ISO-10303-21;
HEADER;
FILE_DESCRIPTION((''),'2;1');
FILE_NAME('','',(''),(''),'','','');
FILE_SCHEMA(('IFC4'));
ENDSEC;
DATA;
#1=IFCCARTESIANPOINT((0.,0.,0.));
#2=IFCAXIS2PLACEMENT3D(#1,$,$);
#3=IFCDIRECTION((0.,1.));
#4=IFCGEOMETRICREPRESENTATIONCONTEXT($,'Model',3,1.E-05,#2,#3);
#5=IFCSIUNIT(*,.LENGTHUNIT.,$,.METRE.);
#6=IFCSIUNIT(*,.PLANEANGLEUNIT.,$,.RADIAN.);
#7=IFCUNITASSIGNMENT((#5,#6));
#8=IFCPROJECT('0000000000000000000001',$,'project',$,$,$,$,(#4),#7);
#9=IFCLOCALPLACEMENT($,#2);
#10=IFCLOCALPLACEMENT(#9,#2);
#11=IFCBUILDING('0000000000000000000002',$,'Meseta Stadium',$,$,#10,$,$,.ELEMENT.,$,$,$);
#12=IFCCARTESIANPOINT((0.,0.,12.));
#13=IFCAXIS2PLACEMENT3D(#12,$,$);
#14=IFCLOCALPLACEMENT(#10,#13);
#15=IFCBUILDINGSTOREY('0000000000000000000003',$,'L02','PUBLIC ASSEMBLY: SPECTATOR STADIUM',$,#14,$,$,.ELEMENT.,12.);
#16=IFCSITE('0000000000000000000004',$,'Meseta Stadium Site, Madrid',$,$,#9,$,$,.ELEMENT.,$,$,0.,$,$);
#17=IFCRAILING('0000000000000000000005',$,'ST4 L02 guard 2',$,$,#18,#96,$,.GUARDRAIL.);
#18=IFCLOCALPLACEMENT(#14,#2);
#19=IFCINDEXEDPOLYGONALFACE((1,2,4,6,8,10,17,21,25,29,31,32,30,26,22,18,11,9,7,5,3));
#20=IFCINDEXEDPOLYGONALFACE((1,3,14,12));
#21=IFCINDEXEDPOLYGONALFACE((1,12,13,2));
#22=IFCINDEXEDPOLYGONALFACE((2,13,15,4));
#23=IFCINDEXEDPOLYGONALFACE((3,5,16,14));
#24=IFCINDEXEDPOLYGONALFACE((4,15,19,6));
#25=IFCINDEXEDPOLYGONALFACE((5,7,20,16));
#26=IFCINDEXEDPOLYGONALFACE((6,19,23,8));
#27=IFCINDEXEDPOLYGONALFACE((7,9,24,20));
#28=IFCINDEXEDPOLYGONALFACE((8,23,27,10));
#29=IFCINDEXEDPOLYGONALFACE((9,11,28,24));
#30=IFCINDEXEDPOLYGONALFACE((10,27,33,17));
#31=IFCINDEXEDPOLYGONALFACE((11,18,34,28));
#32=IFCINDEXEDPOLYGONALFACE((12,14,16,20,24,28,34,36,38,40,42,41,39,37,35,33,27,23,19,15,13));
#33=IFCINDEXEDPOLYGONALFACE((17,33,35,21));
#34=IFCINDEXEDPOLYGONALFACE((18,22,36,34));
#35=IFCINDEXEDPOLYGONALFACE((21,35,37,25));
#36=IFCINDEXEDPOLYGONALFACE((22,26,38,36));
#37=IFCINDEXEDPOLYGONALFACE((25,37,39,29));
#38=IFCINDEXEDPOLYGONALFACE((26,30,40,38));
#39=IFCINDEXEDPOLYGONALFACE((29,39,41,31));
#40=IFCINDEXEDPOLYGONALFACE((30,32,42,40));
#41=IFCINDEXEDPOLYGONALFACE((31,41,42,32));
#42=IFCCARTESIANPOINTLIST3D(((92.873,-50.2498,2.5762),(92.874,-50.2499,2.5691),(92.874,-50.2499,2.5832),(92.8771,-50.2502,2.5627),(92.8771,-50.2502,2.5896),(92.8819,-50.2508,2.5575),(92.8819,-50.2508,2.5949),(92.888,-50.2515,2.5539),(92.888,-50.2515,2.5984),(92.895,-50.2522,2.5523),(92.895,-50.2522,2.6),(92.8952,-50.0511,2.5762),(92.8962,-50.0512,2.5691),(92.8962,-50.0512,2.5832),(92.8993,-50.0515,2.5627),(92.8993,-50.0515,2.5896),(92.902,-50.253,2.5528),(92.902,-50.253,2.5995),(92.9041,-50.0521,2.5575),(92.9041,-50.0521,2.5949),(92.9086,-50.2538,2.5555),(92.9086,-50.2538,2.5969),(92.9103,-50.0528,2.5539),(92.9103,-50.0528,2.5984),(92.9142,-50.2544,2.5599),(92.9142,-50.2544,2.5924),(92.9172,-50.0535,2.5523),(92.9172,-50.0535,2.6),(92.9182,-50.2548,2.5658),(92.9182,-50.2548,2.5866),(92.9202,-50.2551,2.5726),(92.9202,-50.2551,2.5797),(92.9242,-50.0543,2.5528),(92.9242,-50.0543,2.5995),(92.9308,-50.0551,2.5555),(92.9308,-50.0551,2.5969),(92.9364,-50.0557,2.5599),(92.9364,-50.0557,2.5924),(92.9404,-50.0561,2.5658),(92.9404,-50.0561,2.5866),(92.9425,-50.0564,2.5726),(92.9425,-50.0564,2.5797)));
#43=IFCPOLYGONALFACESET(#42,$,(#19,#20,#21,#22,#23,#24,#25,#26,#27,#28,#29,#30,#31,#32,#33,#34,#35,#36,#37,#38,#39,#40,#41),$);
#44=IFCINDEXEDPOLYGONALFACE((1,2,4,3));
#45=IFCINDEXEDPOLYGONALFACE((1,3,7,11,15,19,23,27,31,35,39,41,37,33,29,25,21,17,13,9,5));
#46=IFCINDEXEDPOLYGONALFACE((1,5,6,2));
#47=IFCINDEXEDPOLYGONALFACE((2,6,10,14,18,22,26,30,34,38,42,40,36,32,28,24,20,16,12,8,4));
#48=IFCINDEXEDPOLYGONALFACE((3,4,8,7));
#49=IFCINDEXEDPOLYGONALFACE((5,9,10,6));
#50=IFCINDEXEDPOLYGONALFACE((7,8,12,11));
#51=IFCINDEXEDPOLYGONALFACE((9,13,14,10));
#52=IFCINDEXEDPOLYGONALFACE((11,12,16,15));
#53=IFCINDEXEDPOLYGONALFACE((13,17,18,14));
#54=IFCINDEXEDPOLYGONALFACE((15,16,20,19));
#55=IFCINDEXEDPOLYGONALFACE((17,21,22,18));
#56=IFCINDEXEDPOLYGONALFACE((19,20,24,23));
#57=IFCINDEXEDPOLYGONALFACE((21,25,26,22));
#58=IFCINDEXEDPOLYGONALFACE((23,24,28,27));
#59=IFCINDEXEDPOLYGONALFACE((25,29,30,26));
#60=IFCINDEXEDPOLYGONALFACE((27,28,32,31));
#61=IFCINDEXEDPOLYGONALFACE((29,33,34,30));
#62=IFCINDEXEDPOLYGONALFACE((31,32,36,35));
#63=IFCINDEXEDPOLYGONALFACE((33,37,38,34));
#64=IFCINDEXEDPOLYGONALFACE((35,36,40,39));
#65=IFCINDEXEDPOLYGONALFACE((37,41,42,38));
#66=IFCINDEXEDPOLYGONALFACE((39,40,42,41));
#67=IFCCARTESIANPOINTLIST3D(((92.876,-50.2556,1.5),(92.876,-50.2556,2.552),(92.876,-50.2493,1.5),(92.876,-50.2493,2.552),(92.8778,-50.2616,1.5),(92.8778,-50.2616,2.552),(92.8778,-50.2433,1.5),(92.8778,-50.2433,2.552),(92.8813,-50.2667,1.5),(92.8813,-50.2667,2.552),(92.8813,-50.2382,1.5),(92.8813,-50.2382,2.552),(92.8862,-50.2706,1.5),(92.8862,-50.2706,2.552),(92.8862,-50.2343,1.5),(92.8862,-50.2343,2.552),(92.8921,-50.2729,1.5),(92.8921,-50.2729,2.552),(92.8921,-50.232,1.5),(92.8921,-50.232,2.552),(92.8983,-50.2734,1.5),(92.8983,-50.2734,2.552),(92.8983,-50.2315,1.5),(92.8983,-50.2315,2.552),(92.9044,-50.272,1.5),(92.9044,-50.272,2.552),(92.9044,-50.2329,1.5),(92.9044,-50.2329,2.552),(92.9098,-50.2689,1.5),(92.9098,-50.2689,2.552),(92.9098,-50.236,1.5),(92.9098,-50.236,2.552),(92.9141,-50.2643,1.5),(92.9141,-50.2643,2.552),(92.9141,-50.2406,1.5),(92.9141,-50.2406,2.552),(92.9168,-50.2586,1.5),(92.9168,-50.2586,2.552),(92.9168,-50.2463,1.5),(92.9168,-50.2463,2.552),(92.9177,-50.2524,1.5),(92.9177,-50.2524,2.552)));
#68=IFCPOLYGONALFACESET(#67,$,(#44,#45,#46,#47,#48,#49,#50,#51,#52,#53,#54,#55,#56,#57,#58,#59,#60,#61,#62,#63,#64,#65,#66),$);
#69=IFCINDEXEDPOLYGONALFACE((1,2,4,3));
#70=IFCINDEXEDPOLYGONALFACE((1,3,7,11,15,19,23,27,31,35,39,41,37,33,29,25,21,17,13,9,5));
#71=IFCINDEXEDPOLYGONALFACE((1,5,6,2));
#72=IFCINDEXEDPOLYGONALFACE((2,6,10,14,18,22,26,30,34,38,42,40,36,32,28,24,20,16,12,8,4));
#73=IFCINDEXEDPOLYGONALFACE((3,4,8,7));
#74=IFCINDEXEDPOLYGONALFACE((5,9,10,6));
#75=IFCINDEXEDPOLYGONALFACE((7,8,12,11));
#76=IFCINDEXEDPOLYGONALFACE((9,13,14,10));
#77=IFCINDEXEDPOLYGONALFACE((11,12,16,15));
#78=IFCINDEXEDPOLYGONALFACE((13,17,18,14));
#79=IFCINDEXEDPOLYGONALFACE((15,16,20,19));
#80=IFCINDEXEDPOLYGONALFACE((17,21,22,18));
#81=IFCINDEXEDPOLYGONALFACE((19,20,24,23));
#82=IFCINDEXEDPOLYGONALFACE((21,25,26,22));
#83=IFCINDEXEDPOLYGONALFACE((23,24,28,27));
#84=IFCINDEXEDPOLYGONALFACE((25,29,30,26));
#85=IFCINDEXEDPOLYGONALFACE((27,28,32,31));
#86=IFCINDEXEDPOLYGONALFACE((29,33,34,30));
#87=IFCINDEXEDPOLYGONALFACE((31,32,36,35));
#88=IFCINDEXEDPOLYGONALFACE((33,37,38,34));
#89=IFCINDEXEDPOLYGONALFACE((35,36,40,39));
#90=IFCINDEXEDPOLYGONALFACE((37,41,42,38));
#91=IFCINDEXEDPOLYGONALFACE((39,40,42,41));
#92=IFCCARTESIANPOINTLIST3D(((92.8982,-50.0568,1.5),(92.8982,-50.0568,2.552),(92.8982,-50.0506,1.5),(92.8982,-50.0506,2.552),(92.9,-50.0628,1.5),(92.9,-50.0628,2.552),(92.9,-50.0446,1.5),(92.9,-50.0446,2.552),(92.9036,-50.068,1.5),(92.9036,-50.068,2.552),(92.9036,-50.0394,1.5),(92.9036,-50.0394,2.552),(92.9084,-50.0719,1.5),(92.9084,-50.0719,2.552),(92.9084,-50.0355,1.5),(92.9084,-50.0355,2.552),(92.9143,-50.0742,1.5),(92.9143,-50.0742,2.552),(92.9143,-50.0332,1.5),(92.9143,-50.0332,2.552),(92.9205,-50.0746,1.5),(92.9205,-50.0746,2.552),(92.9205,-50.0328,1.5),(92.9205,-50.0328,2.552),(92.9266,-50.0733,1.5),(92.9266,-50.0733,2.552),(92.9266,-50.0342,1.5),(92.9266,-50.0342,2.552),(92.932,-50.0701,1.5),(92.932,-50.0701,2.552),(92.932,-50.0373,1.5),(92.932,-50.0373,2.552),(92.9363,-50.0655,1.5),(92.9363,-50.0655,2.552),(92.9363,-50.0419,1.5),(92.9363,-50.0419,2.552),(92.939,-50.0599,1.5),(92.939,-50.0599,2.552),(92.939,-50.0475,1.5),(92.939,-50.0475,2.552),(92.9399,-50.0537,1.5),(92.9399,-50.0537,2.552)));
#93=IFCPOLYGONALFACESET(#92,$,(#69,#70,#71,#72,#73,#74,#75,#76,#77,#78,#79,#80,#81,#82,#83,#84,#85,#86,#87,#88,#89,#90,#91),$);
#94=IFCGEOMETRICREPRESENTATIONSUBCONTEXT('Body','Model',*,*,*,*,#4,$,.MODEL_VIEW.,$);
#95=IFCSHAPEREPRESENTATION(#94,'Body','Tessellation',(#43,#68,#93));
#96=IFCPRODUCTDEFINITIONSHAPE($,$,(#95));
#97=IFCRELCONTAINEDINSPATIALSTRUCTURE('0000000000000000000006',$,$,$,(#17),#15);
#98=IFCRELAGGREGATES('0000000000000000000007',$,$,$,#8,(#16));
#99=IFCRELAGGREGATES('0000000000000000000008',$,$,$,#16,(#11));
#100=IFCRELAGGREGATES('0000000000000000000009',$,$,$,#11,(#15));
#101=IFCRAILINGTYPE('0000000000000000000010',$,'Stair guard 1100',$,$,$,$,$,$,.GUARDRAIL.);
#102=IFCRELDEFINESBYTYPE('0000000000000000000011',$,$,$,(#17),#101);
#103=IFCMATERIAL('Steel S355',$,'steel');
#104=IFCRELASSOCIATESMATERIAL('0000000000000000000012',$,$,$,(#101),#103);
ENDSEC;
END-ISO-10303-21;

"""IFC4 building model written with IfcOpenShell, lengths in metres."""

from ifc_helpers import new_model, si_unit, direction, frame, origin, origin_2d, place, context, subcontext, project, spatial, circle, extrude, material, type_object, element, save


model = new_model("IFC4")

# Units and contexts
model_context = context("Model", 3, precision=1e-05, world=origin(), true_north=direction((0.0, 1.0)))
body_context = subcontext(model_context, "Body", "Model", "MODEL_VIEW")
ifc_project = project(units=[si_unit("LENGTHUNIT", "METRE"), si_unit("PLANEANGLEUNIT", "RADIAN")], contexts=[model_context])

# Site, building, storey
site_placement = place(None, origin())
site = spatial("IfcSite", under=ifc_project, at=site_placement, Name="Meseta Stadium Site, Madrid", CompositionType="ELEMENT", RefElevation=0.0)
building_placement = place(site_placement, origin())
building = spatial("IfcBuilding", under=site, at=building_placement, Name="Meseta Stadium", CompositionType="ELEMENT")
storey_placement = place(building_placement, frame((0.0, 0.0, 12.0)))
storey = spatial("IfcBuildingStorey", under=building, at=storey_placement, Name="L02", Description="PUBLIC ASSEMBLY: SPECTATOR STADIUM", CompositionType="ELEMENT", Elevation=12.0)

# Railing
ifc_material_1 = material(Name="Steel S355", Category="steel")
railing_type_1 = type_object("IfcRailingType", Name="Stair guard 1100", PredefinedType="GUARDRAIL", material=ifc_material_1)
railing_1_placement = place(storey_placement, frame((92.8967, -50.2524, 1.5)))
element("IfcRailing", 1, at=railing_1_placement, inside=storey, type_object=railing_type_1, Name="ST4 L02 guard 2", PredefinedType="GUARDRAIL", context=body_context, shape_type="SweptSolid", body=[
    extrude(circle(Radius=0.0239, at=origin_2d()), frame((0.0, 0.0, 1.0762), z_axis=(0.111102, 0.993809, 0.0), x_axis=(-0.993809, 0.111102, 0.0)), (0.0, 0.0, 1.0), 0.2),
    extrude(circle(Radius=0.021, at=origin_2d()), origin(), (0.0, 0.0, 1.0), 1.052),
    extrude(circle(Radius=0.021, at=origin_2d()), frame((0.0222, 0.1987, 0.0)), (0.0, 0.0, 1.0), 1.052),
])

save(model, "model.ifc")
